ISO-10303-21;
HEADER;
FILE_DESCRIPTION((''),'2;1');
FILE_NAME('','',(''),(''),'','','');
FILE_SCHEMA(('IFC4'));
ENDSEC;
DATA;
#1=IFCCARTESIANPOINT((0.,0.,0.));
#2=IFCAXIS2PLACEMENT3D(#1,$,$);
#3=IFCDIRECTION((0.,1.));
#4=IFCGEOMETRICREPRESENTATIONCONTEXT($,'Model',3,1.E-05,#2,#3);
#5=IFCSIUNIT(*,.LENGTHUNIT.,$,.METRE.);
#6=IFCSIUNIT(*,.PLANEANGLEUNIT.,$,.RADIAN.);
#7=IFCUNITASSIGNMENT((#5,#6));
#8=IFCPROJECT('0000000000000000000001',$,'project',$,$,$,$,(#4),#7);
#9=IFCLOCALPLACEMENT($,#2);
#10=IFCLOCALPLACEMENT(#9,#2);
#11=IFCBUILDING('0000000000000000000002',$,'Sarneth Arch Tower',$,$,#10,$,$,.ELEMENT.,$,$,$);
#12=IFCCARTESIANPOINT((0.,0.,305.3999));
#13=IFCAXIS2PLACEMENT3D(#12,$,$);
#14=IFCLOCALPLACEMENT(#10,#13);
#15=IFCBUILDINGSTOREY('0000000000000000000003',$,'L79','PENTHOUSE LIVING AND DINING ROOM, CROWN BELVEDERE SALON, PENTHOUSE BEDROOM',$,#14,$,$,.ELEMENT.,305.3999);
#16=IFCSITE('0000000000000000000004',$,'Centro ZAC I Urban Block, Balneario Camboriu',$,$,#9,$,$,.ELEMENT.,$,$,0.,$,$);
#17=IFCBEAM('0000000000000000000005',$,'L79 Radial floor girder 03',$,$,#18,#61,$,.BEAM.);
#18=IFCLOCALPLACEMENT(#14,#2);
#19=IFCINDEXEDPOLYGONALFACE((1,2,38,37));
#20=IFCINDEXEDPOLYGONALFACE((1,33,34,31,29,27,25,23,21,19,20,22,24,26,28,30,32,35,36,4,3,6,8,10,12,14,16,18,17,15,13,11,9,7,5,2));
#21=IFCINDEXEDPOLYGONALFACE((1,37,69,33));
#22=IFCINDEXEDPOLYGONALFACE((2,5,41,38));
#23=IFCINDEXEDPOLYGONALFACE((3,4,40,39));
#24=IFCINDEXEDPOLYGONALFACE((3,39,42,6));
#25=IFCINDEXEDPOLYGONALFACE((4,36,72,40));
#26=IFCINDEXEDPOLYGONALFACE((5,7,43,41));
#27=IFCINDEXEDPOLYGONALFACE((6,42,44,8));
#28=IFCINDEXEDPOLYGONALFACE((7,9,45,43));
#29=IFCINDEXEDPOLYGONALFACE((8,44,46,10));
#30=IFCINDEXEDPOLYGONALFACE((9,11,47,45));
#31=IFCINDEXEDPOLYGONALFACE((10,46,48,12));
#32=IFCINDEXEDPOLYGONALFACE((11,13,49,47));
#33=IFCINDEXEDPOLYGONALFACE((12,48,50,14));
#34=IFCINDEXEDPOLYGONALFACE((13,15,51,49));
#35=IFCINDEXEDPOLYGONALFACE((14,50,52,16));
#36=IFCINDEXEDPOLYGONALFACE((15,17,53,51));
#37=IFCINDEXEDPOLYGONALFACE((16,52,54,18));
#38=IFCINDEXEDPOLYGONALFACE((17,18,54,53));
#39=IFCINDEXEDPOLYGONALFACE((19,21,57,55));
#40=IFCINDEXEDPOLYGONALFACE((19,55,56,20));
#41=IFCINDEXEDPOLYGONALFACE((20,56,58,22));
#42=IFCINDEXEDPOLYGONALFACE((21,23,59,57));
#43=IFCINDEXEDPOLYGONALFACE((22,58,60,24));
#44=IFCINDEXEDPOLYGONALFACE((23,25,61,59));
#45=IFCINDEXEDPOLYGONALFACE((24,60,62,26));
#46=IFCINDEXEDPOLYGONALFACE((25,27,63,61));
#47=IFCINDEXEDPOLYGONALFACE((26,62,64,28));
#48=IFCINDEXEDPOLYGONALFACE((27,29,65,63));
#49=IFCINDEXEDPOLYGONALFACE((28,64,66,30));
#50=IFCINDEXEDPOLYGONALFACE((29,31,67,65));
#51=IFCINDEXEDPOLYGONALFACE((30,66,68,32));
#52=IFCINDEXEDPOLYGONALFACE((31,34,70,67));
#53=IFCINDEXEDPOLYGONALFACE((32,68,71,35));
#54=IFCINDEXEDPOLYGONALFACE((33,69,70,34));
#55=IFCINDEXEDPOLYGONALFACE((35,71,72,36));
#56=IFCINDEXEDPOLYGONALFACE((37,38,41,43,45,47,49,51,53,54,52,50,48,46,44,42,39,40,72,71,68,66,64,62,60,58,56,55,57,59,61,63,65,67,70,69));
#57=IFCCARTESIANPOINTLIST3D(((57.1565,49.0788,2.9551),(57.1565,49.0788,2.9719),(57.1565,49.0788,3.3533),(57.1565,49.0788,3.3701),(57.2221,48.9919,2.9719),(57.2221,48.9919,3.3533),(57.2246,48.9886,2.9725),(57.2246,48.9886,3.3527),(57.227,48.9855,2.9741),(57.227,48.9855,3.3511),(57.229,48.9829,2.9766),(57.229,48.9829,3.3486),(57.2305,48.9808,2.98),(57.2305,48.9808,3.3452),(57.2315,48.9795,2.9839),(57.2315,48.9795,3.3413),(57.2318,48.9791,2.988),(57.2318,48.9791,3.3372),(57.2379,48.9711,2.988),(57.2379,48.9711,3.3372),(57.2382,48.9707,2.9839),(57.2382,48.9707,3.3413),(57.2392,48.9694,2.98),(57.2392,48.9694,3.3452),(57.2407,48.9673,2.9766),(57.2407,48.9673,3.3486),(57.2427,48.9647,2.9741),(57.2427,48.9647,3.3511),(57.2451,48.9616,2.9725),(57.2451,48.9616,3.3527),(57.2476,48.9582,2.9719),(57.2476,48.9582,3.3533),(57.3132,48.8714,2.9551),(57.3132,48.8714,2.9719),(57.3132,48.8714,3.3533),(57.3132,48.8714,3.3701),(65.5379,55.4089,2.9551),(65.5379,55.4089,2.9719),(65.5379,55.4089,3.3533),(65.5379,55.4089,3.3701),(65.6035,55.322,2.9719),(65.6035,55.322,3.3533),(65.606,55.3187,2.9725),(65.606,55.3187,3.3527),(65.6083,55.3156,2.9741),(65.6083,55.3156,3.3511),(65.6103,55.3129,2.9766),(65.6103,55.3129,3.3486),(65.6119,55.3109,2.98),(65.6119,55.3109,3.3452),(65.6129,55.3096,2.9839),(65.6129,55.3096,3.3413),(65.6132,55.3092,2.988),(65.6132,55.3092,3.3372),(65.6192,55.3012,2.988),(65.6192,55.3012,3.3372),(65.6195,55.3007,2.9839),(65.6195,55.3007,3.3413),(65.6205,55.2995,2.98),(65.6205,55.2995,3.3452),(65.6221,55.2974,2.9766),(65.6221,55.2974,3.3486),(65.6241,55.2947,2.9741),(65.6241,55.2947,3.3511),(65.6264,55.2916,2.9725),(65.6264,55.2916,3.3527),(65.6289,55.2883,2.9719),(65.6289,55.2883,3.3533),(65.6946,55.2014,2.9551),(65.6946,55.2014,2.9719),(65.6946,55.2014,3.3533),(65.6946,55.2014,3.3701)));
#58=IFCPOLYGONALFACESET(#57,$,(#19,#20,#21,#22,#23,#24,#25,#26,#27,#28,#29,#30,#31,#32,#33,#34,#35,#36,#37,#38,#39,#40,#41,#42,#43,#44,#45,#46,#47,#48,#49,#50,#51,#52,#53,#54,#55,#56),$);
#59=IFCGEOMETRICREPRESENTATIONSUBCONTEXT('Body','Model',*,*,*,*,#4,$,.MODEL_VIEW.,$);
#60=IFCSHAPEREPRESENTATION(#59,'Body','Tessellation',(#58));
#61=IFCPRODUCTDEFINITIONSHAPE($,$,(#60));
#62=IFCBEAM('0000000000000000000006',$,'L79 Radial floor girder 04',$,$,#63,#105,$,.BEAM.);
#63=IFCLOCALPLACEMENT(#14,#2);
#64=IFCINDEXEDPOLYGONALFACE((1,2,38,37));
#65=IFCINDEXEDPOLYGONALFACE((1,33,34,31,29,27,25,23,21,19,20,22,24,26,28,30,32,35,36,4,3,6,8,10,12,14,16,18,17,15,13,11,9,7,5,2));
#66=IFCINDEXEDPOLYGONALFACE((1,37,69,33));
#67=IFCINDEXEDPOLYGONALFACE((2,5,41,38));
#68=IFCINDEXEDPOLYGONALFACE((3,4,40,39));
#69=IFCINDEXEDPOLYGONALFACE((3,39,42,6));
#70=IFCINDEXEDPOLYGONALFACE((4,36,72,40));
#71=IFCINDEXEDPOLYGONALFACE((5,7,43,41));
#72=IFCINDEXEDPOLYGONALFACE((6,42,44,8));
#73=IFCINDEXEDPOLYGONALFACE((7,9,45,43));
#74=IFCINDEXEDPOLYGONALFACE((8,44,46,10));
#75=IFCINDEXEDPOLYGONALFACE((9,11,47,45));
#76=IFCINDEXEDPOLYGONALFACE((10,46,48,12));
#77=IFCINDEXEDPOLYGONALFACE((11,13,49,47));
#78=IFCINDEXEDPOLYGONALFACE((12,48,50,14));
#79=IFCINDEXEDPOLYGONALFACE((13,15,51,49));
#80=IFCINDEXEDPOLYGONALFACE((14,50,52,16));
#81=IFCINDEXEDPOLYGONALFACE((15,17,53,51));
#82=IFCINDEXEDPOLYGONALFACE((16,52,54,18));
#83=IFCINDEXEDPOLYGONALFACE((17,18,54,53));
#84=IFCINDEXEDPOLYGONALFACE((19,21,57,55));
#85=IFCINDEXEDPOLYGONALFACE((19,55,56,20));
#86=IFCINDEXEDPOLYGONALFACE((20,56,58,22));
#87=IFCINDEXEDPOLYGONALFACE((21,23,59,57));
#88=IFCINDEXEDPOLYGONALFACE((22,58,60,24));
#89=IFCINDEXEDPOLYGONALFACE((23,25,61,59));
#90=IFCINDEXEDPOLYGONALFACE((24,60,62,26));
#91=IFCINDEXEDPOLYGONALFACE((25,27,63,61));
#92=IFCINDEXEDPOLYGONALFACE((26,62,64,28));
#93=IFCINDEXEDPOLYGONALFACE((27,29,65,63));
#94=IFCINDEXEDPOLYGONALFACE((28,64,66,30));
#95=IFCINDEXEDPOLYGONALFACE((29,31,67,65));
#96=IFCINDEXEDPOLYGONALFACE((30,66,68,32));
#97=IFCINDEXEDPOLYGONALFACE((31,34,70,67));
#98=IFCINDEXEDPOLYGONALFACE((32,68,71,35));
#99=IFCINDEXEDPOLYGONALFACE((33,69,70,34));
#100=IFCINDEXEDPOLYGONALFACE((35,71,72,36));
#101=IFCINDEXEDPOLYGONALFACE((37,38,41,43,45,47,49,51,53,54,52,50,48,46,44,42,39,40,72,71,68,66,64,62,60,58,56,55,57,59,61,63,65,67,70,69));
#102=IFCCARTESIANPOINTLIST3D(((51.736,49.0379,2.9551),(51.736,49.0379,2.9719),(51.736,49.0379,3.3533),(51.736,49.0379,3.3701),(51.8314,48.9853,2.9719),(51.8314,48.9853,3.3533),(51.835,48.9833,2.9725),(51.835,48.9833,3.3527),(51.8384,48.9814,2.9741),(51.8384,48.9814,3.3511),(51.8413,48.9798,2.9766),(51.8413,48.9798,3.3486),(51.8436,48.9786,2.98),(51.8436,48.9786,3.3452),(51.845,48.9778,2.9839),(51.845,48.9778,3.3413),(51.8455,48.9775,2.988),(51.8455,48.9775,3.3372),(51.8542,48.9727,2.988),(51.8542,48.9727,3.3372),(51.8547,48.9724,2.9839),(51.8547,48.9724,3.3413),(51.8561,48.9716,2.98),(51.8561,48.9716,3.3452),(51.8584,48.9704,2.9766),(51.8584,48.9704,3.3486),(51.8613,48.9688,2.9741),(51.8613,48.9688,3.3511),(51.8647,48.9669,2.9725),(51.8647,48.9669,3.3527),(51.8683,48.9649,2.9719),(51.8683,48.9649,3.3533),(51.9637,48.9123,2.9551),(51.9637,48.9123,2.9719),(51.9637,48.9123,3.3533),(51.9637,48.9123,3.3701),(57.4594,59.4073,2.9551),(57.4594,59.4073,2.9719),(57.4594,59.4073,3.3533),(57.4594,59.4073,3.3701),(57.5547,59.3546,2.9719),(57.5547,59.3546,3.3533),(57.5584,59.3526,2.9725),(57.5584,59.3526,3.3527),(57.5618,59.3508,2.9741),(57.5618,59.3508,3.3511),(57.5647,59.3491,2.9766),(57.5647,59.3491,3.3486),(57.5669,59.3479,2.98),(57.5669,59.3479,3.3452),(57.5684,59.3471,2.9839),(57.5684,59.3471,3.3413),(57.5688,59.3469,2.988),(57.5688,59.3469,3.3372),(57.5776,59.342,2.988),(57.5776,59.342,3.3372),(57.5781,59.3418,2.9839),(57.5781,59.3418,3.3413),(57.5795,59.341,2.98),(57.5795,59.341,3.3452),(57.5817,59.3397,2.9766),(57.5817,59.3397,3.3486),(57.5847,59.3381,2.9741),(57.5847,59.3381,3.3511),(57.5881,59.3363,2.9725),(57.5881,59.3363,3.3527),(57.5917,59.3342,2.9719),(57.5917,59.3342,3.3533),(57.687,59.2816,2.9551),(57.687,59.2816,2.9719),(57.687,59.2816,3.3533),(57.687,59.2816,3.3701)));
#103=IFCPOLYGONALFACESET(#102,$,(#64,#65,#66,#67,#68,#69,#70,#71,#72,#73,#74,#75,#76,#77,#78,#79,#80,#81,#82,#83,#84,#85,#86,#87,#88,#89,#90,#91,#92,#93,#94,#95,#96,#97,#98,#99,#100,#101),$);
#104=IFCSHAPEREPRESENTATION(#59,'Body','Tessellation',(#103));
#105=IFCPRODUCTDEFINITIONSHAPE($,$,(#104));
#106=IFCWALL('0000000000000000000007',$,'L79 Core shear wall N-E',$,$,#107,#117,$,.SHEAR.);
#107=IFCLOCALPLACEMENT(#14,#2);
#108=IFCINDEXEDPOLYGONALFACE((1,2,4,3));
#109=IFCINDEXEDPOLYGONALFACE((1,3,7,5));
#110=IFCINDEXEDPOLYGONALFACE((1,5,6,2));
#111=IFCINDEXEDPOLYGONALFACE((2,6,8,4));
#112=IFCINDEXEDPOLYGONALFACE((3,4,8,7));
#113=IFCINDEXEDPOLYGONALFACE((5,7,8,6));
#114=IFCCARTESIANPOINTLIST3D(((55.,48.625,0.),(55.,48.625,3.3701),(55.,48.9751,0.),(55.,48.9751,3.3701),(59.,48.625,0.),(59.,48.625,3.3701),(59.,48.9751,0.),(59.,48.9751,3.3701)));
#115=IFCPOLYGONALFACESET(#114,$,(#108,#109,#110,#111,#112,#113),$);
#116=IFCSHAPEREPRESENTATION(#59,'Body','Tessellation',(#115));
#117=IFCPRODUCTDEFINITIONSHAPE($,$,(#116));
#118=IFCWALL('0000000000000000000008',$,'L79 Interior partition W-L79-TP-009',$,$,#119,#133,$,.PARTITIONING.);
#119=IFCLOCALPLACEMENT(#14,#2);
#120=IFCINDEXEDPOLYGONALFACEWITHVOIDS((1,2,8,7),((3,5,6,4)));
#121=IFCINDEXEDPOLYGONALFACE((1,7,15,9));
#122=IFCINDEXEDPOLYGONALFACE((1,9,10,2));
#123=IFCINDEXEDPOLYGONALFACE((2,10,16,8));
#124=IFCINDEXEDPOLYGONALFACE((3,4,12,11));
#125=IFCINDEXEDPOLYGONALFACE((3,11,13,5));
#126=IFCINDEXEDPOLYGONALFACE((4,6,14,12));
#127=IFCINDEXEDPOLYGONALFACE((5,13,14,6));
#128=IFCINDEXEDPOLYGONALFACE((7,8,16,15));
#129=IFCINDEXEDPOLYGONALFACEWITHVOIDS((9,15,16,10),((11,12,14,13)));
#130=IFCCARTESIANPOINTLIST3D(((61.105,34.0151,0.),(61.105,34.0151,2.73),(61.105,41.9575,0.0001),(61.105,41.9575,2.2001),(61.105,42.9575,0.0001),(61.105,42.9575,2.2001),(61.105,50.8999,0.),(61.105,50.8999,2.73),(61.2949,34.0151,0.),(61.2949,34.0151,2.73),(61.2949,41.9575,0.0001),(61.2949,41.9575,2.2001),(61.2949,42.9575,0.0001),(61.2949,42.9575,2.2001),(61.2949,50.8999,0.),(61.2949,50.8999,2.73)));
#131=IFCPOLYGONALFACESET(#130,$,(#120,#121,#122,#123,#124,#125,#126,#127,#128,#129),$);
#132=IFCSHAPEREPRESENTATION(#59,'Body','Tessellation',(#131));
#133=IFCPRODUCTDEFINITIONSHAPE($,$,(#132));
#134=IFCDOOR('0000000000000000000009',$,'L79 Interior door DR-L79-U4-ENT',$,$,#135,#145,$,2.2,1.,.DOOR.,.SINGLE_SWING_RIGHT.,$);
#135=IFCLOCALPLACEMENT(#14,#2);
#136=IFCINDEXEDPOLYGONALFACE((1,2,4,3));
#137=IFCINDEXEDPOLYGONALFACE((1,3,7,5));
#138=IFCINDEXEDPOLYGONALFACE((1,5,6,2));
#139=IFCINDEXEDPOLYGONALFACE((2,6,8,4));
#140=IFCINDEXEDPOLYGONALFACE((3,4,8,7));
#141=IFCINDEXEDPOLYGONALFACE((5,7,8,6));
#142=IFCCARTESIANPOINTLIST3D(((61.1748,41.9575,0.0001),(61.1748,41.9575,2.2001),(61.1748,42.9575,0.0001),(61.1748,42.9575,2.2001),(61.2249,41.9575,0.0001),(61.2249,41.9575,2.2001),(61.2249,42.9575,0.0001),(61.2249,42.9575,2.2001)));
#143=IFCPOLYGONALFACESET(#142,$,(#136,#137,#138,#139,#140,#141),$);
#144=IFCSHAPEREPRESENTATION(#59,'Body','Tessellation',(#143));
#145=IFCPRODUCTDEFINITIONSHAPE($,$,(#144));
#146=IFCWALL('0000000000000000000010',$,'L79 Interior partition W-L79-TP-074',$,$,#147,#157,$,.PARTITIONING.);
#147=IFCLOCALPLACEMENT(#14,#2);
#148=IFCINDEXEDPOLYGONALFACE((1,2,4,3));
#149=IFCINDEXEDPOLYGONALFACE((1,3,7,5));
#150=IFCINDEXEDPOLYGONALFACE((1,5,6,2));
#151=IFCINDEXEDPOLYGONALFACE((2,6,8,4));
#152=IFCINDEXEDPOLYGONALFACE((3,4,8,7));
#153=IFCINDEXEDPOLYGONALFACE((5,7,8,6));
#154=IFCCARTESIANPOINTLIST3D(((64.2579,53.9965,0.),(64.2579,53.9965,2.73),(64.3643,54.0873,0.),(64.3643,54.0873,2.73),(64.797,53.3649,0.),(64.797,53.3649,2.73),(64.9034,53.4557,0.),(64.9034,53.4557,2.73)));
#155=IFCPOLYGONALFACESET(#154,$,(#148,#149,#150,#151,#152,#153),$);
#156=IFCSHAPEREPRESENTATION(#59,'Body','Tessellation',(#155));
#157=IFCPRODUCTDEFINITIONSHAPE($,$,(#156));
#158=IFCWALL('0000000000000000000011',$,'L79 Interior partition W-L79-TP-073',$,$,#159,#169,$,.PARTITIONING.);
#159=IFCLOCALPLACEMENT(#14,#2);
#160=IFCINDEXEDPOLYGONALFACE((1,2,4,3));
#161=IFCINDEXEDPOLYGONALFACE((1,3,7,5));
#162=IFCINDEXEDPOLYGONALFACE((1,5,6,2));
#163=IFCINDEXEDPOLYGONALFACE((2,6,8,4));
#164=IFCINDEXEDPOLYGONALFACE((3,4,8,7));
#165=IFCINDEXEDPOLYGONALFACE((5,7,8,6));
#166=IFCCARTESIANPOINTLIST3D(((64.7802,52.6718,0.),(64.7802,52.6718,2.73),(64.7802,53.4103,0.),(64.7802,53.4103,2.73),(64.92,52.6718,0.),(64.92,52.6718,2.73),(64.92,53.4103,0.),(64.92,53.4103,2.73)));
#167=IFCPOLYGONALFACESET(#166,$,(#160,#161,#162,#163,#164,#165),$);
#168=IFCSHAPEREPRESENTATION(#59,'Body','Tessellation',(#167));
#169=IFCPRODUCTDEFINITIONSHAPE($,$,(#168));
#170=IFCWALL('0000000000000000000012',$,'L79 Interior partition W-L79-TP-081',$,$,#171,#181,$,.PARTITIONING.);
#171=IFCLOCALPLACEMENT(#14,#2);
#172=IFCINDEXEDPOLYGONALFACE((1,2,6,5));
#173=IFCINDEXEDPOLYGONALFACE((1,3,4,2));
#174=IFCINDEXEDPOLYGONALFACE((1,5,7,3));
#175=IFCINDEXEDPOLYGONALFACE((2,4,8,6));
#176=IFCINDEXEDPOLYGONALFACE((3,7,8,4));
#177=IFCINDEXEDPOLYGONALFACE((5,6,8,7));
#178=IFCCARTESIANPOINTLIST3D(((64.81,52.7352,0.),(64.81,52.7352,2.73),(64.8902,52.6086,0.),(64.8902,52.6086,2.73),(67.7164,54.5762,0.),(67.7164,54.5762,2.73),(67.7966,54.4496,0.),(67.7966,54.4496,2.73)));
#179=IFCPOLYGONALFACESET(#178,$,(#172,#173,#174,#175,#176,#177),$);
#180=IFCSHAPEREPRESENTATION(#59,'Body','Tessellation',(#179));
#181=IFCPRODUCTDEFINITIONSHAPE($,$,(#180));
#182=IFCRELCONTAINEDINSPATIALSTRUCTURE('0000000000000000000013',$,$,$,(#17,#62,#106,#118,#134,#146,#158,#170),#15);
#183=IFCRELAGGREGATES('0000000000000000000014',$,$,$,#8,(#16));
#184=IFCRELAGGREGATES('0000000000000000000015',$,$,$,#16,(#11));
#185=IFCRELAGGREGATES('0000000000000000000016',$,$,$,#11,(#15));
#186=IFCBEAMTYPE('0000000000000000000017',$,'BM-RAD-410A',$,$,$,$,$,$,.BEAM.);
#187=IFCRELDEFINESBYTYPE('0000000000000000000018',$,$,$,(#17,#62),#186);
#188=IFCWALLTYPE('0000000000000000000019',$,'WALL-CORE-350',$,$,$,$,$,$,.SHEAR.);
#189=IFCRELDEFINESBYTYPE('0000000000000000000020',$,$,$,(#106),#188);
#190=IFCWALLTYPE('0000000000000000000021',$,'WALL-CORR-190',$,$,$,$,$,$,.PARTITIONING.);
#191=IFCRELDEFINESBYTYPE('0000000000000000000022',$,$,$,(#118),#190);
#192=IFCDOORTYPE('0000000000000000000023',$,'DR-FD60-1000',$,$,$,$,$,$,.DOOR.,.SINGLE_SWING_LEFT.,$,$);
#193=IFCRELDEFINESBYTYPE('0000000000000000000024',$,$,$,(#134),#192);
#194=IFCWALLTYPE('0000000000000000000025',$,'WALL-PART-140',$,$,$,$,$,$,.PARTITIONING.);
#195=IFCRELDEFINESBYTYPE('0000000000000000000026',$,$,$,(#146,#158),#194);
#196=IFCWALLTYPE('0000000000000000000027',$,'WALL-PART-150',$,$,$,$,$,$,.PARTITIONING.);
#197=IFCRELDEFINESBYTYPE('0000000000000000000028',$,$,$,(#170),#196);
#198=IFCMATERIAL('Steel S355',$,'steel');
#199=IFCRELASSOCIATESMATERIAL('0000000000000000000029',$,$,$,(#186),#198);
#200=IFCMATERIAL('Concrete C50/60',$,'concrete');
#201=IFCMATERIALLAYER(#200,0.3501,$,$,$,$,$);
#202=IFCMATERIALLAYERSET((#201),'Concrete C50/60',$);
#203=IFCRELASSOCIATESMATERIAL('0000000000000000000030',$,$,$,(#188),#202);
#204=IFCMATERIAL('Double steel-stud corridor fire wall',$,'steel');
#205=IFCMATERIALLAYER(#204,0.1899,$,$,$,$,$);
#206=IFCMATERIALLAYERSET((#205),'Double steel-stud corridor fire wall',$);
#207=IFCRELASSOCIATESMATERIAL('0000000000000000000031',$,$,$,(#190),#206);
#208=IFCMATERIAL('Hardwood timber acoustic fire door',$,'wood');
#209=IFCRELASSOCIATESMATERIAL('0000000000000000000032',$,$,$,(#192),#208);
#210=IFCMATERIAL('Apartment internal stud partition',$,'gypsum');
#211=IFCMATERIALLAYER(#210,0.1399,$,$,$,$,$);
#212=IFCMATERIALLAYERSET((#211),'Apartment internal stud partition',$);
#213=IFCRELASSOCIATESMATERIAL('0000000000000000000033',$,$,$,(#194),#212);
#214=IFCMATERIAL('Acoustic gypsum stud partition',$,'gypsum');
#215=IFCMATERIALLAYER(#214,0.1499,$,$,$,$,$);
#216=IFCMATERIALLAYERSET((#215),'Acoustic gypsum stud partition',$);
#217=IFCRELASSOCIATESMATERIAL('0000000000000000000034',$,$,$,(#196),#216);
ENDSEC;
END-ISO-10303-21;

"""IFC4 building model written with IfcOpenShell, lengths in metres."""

from ifc_helpers import new_model, si_unit, direction, frame, frame_2d, origin, origin_2d, place, context, subcontext, project, spatial, rectangle, i_section, extrude, material, layer, layer_set, material_profile, profile_set, type_object, element, fill, save


model = new_model("IFC4")

# Units and contexts
model_context = context("Model", 3, precision=1e-05, world=origin(), true_north=direction((0.0, 1.0)))
body_context = subcontext(model_context, "Body", "Model", "MODEL_VIEW")
ifc_project = project(units=[si_unit("LENGTHUNIT", "METRE"), si_unit("PLANEANGLEUNIT", "RADIAN")], contexts=[model_context])

# Site, building, storey
site_placement = place(None, origin())
site = spatial("IfcSite", under=ifc_project, at=site_placement, Name="Centro ZAC I Urban Block, Balneario Camboriu", CompositionType="ELEMENT", RefElevation=0.0)
building_placement = place(site_placement, origin())
building = spatial("IfcBuilding", under=site, at=building_placement, Name="Sarneth Arch Tower", CompositionType="ELEMENT")
storey_placement = place(building_placement, frame((0.0, 0.0, 305.3999)))
storey = spatial("IfcBuildingStorey", under=building, at=storey_placement, Name="L79", Description="PENTHOUSE LIVING AND DINING ROOM, CROWN BELVEDERE SALON, PENTHOUSE BEDROOM", CompositionType="ELEMENT", Elevation=305.3999)

# Beams
ifc_material_1 = material(Name="Steel S355", Category="steel")
ifc_material_profile_1 = material_profile(ifc_material_1, i_section(OverallWidth=0.26, OverallDepth=0.415, WebThickness=0.01, FlangeThickness=0.0168, FilletRadius=0.0161, at=origin_2d()), Name="W410x100")
ifc_profile_set_1 = profile_set([ifc_material_profile_1], Name="Steel S355")
beam_type_1 = type_object("IfcBeamType", Name="BM-RAD-410A", PredefinedType="BEAM", material=ifc_profile_set_1)
beam_1_placement = place(storey_placement, frame((57.2349, 48.9751, 3.1626), z_axis=(0.797982, 0.602682, 0.0), x_axis=(-0.602682, 0.797982, 0.0)))
element("IfcBeam", 1, at=beam_1_placement, inside=storey, type_object=beam_type_1, Name="L79 Radial floor girder 03", PredefinedType="BEAM", context=body_context, shape_type="SweptSolid", body=[
    extrude(i_section(OverallWidth=0.26, OverallDepth=0.415, WebThickness=0.01, FlangeThickness=0.0168, FilletRadius=0.0161, at=origin_2d()), origin(), (0.0, 0.0, 1.0), 10.5032),
])
beam_2_placement = place(storey_placement, frame((51.8499, 48.9751, 3.1626), z_axis=(0.483229, 0.875494, 0.0), x_axis=(-0.875494, 0.483229, 0.0)))
element("IfcBeam", 2, at=beam_2_placement, inside=storey, type_object=beam_type_1, Name="L79 Radial floor girder 04", PredefinedType="BEAM", context=body_context, shape_type="SweptSolid", body=[
    extrude(i_section(OverallWidth=0.26, OverallDepth=0.415, WebThickness=0.01, FlangeThickness=0.0168, FilletRadius=0.0161, at=origin_2d()), origin(), (0.0, 0.0, 1.0), 11.844),
])

# Wall
ifc_material_2 = material(Name="Concrete C50/60", Category="concrete")
ifc_layer_1 = layer(ifc_material_2, 0.3501)
ifc_layer_set_1 = layer_set([ifc_layer_1], Name="Concrete C50/60")
wall_type_1 = type_object("IfcWallType", Name="WALL-CORE-350", PredefinedType="SHEAR", material=ifc_layer_set_1)
wall_1_placement = place(storey_placement, frame((55.0, 48.8, 0.0), z_axis=(0.0, 0.0, 1.0), x_axis=(1.0, 0.0, 0.0)))
element("IfcWall", 3, at=wall_1_placement, inside=storey, type_object=wall_type_1, Name="L79 Core shear wall N-E", PredefinedType="SHEAR", context=body_context, shape_type="SweptSolid", body=[
    extrude(rectangle(XDim=4.0, YDim=0.3501, at=frame_2d((2.0, 0.0))), origin(), (0.0, 0.0, 1.0), 3.3701),
])

# Wall, opening, door
ifc_material_3 = material(Name="Double steel-stud corridor fire wall", Category="steel")
ifc_layer_2 = layer(ifc_material_3, 0.1899)
ifc_layer_set_2 = layer_set([ifc_layer_2], Name="Double steel-stud corridor fire wall")
wall_type_2 = type_object("IfcWallType", Name="WALL-CORR-190", PredefinedType="PARTITIONING", material=ifc_layer_set_2)
wall_2_placement = place(storey_placement, frame((61.2, 50.8999, 0.0), z_axis=(0.0, 0.0, 1.0), x_axis=(0.0, -1.0, 0.0)))
wall_2 = element("IfcWall", 4, at=wall_2_placement, inside=storey, type_object=wall_type_2, Name="L79 Interior partition W-L79-TP-009", PredefinedType="PARTITIONING", context=body_context, shape_type="SweptSolid", body=[
    extrude(rectangle(XDim=16.8848, YDim=0.1899, at=frame_2d((8.4424, 0.0))), origin(), (0.0, 0.0, 1.0), 2.73),
])
opening_1_placement = place(wall_2_placement, frame((7.9424, 0.0, 0.0)))
opening_1 = element("IfcOpeningElement", 5, at=opening_1_placement, cuts=wall_2, PredefinedType="OPENING", context=body_context, shape_type="SweptSolid", body=[
    extrude(rectangle(XDim=1.0, YDim=2.2, at=frame_2d((0.5, 1.1001))), frame((0.0, 0.105, 0.0), z_axis=(0.0, -1.0, 0.0), x_axis=(1.0, 0.0, 0.0)), (0.0, 0.0, 1.0), 0.21),
])
ifc_material_4 = material(Name="Hardwood timber acoustic fire door", Category="wood")
door_type_1 = type_object("IfcDoorType", Name="DR-FD60-1000", OperationType="SINGLE_SWING_LEFT", PredefinedType="DOOR", material=ifc_material_4)
door_1_placement = place(opening_1_placement, origin())
door_1 = element("IfcDoor", 6, at=door_1_placement, inside=storey, type_object=door_type_1, Name="L79 Interior door DR-L79-U4-ENT", OperationType="SINGLE_SWING_RIGHT", OverallHeight=2.2, OverallWidth=1.0, PredefinedType="DOOR", context=body_context, shape_type="SweptSolid", body=[
    extrude(rectangle(XDim=1.0, YDim=2.2, at=frame_2d((0.5, 1.1001))), frame((0.0, 0.0249, 0.0), z_axis=(0.0, -1.0, 0.0), x_axis=(1.0, 0.0, 0.0)), (0.0, 0.0, 1.0), 0.05),
])
fill(opening_1, door_1)

# Walls
ifc_material_5 = material(Name="Apartment internal stud partition", Category="gypsum")
ifc_layer_3 = layer(ifc_material_5, 0.1399)
ifc_layer_set_3 = layer_set([ifc_layer_3], Name="Apartment internal stud partition")
wall_type_3 = type_object("IfcWallType", Name="WALL-PART-140", PredefinedType="PARTITIONING", material=ifc_layer_set_3)
wall_3_placement = place(storey_placement, frame((64.8501, 53.4104, 0.0), z_axis=(0.0, 0.0, 1.0), x_axis=(-0.649192, 0.760625, 0.0)))
element("IfcWall", 7, at=wall_3_placement, inside=storey, type_object=wall_type_3, Name="L79 Interior partition W-L79-TP-074", PredefinedType="PARTITIONING", context=body_context, shape_type="SweptSolid", body=[
    extrude(rectangle(XDim=0.8303, YDim=0.1399, at=frame_2d((0.415, 0.0))), origin(), (0.0, 0.0, 1.0), 2.73),
])
wall_4_placement = place(storey_placement, frame((64.8501, 52.6719, 0.0), z_axis=(0.0, 0.0, 1.0), x_axis=(0.0, 1.0, 0.0)))
element("IfcWall", 8, at=wall_4_placement, inside=storey, type_object=wall_type_3, Name="L79 Interior partition W-L79-TP-073", PredefinedType="PARTITIONING", context=body_context, shape_type="SweptSolid", body=[
    extrude(rectangle(XDim=0.7385, YDim=0.1399, at=frame_2d((0.3691, 0.0))), origin(), (0.0, 0.0, 1.0), 2.73),
])
ifc_material_6 = material(Name="Acoustic gypsum stud partition", Category="gypsum")
ifc_layer_4 = layer(ifc_material_6, 0.1499)
ifc_layer_set_4 = layer_set([ifc_layer_4], Name="Acoustic gypsum stud partition")
wall_type_4 = type_object("IfcWallType", Name="WALL-PART-150", PredefinedType="PARTITIONING", material=ifc_layer_set_4)
wall_5_placement = place(storey_placement, frame((64.8501, 52.6719, 0.0), z_axis=(0.0, 0.0, 1.0), x_axis=(0.844782, 0.535111, 0.0)))
element("IfcWall", 9, at=wall_5_placement, inside=storey, type_object=wall_type_4, Name="L79 Interior partition W-L79-TP-081", PredefinedType="PARTITIONING", context=body_context, shape_type="SweptSolid", body=[
    extrude(rectangle(XDim=3.4404, YDim=0.1499, at=frame_2d((1.7202, 0.0))), origin(), (0.0, 0.0, 1.0), 2.73),
])

save(model, "model.ifc")
